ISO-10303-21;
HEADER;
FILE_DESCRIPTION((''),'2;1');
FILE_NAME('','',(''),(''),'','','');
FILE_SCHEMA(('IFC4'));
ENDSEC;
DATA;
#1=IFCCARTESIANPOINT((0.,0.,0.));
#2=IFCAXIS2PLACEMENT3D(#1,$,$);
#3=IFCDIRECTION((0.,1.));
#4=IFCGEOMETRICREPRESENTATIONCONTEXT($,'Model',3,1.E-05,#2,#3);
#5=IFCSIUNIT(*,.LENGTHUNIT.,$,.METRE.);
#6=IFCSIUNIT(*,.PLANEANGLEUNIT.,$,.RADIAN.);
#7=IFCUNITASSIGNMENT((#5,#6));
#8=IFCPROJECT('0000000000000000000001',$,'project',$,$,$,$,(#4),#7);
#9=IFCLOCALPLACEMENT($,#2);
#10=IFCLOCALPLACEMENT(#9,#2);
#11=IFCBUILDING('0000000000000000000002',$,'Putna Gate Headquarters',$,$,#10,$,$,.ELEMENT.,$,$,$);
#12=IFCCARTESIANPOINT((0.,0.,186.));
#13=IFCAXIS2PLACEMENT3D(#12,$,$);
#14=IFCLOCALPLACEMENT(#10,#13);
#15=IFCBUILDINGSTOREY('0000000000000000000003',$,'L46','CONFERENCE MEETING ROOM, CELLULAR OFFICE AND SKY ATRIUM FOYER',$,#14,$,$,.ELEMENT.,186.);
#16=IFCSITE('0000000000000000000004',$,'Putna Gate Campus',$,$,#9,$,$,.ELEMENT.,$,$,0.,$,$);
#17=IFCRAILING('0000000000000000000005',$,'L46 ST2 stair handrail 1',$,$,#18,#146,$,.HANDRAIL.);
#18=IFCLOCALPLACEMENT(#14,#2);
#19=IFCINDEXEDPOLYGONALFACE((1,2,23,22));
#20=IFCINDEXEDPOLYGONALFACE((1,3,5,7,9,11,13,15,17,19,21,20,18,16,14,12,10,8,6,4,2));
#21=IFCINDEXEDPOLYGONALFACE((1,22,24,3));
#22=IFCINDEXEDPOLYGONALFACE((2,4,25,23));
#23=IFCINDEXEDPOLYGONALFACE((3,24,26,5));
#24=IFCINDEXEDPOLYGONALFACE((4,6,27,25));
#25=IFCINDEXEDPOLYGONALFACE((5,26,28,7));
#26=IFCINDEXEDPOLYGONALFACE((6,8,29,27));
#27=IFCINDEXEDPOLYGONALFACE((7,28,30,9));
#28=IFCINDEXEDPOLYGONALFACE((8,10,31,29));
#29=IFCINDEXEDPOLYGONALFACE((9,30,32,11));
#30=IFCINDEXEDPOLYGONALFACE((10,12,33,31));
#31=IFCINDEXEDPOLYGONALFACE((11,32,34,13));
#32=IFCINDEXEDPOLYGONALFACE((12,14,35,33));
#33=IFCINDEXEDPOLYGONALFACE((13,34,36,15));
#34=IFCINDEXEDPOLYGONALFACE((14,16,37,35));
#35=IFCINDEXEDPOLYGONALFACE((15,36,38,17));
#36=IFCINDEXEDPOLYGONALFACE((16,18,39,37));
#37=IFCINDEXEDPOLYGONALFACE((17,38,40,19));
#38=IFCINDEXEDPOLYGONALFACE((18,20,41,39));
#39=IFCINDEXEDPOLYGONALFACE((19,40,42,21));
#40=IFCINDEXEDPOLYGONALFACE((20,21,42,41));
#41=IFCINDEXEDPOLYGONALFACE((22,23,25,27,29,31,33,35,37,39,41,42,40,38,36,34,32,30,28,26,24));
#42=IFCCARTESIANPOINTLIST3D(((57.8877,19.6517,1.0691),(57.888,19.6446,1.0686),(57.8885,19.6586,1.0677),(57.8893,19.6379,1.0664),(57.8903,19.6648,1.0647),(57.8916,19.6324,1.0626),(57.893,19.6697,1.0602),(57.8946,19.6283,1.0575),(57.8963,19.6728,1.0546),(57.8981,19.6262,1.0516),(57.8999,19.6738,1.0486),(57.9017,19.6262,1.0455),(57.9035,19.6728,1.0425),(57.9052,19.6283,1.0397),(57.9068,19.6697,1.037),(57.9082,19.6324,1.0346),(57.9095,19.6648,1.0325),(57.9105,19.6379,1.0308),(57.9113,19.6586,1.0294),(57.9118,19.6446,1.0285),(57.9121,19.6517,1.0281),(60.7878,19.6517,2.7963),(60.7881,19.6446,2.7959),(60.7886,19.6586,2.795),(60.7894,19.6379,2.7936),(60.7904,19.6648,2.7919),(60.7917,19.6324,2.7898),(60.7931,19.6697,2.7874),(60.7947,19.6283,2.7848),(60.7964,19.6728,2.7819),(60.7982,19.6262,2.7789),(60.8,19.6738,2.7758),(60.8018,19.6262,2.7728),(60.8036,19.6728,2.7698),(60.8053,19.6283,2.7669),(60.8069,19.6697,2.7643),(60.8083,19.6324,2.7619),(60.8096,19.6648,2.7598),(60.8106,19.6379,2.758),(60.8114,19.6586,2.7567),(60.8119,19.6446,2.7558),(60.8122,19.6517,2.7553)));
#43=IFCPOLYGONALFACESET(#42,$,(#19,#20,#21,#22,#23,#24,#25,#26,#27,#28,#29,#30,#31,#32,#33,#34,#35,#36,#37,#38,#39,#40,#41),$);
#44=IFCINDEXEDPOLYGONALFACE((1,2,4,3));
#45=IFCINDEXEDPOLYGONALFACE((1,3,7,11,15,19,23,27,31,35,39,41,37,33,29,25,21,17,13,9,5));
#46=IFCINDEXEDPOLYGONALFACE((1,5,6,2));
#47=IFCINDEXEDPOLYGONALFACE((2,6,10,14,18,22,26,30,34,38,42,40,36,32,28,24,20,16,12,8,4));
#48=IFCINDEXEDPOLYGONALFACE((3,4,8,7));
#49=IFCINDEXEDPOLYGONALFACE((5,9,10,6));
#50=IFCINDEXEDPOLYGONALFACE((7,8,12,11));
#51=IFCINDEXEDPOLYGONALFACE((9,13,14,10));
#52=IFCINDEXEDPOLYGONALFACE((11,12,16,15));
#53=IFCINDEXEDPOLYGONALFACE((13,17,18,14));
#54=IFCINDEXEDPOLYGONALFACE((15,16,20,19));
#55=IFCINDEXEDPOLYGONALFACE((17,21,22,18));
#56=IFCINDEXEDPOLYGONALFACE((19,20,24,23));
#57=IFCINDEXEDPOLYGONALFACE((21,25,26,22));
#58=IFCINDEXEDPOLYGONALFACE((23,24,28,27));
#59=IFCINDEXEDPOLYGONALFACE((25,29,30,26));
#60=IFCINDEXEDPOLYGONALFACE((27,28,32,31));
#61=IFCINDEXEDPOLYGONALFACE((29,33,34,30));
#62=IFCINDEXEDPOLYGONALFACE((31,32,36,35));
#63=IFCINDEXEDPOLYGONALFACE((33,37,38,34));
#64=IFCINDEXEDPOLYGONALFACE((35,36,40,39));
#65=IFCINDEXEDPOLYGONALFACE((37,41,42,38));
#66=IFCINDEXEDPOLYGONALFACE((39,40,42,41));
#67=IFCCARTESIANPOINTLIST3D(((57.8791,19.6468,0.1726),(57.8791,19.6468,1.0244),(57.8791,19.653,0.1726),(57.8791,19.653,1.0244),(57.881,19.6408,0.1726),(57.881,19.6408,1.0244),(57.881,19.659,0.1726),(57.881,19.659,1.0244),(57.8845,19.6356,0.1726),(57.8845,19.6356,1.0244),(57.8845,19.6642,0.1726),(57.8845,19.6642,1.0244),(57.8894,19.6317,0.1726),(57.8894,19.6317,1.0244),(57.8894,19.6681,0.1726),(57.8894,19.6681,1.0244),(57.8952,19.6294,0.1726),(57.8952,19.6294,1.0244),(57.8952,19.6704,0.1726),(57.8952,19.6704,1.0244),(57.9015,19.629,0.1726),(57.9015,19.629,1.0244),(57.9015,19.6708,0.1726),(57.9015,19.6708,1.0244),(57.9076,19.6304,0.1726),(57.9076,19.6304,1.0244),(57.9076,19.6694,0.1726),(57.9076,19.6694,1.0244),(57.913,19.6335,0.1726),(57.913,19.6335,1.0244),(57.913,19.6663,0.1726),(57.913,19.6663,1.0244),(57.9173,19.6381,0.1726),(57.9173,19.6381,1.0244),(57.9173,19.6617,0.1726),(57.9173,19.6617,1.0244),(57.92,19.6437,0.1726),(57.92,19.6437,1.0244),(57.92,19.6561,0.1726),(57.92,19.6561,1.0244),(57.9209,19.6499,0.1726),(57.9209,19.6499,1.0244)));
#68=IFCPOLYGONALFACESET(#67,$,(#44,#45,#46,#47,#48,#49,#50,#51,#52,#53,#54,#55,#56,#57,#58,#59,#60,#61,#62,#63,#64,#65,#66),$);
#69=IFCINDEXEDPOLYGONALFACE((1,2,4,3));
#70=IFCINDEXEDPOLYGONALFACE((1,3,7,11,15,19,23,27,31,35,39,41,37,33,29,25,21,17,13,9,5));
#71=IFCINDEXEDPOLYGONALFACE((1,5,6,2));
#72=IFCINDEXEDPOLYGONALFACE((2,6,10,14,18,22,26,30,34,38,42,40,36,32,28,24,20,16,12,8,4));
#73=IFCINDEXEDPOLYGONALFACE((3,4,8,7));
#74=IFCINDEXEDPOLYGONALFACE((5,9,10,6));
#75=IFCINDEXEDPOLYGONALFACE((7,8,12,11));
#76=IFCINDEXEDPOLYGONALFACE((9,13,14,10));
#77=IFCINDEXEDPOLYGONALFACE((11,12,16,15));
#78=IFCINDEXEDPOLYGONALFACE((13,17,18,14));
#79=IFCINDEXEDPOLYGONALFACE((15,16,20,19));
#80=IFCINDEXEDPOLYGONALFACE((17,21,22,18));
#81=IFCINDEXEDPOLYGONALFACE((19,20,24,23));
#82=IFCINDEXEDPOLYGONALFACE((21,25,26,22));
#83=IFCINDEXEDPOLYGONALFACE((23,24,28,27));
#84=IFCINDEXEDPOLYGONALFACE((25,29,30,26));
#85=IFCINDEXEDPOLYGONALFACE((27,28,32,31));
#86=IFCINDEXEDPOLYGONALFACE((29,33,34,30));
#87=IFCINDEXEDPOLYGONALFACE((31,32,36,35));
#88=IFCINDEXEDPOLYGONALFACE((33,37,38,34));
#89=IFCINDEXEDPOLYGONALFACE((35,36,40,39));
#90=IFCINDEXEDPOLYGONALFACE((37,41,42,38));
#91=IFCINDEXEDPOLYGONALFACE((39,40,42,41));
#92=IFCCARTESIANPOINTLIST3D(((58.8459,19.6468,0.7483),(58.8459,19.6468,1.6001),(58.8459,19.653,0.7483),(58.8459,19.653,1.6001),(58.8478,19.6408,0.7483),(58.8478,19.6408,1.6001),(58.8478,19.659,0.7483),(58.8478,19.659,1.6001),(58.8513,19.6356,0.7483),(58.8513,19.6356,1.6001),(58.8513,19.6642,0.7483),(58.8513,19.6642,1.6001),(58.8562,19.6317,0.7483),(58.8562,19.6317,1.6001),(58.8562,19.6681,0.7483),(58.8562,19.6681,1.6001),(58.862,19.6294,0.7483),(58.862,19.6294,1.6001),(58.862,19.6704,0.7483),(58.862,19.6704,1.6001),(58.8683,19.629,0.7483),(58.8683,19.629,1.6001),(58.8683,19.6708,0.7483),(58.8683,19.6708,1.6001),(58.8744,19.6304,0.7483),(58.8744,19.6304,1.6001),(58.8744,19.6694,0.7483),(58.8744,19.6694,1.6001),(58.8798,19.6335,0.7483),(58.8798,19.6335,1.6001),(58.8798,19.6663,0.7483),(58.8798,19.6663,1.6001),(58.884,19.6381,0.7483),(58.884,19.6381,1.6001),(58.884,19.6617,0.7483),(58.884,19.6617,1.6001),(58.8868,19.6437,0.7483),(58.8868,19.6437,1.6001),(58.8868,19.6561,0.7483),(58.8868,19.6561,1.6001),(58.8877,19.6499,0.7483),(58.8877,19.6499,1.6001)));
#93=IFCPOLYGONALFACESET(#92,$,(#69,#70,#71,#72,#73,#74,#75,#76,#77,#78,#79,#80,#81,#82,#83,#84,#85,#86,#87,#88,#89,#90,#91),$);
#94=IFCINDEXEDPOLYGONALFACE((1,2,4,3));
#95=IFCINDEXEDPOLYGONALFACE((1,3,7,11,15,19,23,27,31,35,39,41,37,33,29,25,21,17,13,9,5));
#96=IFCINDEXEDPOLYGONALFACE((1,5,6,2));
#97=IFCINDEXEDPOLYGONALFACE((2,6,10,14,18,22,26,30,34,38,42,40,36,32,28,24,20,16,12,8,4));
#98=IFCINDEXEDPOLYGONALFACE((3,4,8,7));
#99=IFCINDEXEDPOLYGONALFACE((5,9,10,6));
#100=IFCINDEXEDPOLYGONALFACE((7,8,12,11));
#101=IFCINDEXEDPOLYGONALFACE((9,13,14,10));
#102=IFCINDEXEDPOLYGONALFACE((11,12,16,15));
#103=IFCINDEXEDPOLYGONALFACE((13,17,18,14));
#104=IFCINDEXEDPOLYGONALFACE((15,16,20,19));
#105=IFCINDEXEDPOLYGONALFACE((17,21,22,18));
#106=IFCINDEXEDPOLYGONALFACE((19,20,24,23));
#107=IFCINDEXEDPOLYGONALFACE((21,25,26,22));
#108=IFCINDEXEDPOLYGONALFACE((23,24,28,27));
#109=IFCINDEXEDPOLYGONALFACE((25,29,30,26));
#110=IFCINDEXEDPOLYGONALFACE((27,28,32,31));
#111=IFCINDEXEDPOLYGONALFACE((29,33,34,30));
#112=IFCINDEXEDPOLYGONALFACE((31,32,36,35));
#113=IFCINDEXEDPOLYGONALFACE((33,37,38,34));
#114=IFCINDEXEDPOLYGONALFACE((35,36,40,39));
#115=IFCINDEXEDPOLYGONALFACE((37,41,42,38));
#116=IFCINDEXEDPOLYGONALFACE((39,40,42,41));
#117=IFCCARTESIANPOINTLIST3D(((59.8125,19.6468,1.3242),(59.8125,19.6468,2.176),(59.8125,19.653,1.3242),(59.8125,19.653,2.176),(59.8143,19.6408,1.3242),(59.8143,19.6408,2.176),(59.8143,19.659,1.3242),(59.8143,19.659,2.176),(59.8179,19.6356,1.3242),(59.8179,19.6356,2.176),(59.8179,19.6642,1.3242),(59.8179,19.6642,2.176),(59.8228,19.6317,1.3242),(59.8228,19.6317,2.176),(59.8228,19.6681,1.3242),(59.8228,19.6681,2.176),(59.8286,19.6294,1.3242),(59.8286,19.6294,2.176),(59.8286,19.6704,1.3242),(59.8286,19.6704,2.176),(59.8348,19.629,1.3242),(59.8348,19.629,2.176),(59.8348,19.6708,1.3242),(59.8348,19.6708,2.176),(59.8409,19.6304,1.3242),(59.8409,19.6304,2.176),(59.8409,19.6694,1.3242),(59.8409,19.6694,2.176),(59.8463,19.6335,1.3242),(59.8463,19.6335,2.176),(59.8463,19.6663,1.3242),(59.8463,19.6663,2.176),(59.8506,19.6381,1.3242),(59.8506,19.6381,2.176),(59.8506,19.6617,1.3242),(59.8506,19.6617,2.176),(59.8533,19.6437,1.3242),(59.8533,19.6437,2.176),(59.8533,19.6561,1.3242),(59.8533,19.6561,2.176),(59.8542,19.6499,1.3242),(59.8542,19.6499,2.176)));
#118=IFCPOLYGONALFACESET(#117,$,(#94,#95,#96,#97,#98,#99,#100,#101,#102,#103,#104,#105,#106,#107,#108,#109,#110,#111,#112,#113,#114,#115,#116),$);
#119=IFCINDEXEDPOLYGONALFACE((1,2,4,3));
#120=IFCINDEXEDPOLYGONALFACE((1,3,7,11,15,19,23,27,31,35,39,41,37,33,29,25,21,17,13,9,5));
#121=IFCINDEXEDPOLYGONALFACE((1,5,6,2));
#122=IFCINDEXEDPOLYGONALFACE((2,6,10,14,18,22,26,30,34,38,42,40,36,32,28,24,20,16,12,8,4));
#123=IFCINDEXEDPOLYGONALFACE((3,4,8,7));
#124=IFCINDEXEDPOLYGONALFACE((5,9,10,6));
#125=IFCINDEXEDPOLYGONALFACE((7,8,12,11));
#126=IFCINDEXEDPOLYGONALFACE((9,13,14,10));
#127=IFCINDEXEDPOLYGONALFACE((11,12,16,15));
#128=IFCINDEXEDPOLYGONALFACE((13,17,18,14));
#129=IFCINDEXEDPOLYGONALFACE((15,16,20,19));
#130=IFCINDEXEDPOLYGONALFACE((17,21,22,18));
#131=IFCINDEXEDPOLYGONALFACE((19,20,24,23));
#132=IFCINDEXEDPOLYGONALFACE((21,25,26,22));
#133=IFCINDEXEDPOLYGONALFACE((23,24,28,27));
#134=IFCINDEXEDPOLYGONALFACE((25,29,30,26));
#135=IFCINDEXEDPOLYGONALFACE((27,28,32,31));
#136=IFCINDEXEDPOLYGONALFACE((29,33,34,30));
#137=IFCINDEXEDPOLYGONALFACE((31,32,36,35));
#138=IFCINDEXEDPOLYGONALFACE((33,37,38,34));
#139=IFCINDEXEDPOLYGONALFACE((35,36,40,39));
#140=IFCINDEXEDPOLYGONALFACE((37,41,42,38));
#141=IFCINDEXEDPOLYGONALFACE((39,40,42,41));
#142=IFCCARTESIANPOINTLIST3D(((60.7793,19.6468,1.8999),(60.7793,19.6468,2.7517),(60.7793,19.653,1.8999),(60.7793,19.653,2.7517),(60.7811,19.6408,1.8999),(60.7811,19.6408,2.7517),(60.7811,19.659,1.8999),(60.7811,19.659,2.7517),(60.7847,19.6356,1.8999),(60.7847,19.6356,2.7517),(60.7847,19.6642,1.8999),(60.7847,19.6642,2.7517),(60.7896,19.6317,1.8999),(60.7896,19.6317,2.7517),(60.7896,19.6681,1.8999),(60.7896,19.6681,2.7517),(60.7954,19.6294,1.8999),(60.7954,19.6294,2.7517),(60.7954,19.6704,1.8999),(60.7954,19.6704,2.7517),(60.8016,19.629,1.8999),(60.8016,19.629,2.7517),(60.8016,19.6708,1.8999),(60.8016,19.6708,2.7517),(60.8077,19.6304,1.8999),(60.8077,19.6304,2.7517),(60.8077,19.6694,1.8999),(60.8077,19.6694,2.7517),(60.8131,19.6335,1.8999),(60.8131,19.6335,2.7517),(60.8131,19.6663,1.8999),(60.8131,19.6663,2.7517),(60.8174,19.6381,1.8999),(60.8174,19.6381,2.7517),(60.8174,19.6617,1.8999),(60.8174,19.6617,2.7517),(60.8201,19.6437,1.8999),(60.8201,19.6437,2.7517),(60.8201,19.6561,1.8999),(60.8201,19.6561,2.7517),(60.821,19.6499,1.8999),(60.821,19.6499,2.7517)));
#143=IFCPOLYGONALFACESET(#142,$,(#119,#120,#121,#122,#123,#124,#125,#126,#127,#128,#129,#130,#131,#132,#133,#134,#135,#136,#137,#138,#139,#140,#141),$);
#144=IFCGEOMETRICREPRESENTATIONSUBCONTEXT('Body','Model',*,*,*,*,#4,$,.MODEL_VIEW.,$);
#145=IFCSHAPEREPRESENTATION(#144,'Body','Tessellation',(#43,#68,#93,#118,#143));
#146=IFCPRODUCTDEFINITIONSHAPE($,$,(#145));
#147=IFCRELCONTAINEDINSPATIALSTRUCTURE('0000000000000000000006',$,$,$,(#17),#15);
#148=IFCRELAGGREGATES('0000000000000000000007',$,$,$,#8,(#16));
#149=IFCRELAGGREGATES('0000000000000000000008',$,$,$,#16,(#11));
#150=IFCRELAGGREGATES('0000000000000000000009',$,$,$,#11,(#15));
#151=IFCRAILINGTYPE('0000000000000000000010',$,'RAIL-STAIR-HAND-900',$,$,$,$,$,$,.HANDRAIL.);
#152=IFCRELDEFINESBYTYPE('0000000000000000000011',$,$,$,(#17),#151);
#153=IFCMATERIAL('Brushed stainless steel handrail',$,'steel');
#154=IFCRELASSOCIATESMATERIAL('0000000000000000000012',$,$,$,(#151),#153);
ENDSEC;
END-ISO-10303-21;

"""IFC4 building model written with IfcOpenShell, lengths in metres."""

from ifc_helpers import new_model, si_unit, direction, frame, origin, origin_2d, place, context, subcontext, project, spatial, circle, extrude, material, type_object, element, save


model = new_model("IFC4")

# Units and contexts
model_context = context("Model", 3, precision=1e-05, world=origin(), true_north=direction((0.0, 1.0)))
body_context = subcontext(model_context, "Body", "Model", "MODEL_VIEW")
ifc_project = project(units=[si_unit("LENGTHUNIT", "METRE"), si_unit("PLANEANGLEUNIT", "RADIAN")], contexts=[model_context])

# Site, building, storey
site_placement = place(None, origin())
site = spatial("IfcSite", under=ifc_project, at=site_placement, Name="Putna Gate Campus", CompositionType="ELEMENT", RefElevation=0.0)
building_placement = place(site_placement, origin())
building = spatial("IfcBuilding", under=site, at=building_placement, Name="Putna Gate Headquarters", CompositionType="ELEMENT")
storey_placement = place(building_placement, frame((0.0, 0.0, 186.0)))
storey = spatial("IfcBuildingStorey", under=building, at=storey_placement, Name="L46", Description="CONFERENCE MEETING ROOM, CELLULAR OFFICE AND SKY ATRIUM FOYER", CompositionType="ELEMENT", Elevation=186.0)

# Railing
ifc_material_1 = material(Name="Brushed stainless steel handrail", Category="steel")
railing_type_1 = type_object("IfcRailingType", Name="RAIL-STAIR-HAND-900", PredefinedType="HANDRAIL", material=ifc_material_1)
railing_1_placement = place(storey_placement, frame((57.8999, 19.6499, 0.1726)))
element("IfcRailing", 1, at=railing_1_placement, inside=storey, type_object=railing_type_1, Name="L46 ST2 stair handrail 1", PredefinedType="HANDRAIL", context=body_context, shape_type="SweptSolid", body=[
    extrude(circle(Radius=0.0239, at=origin_2d()), frame((0.0, 0.0, 0.876), z_axis=(0.85916, 0.0, 0.511706), x_axis=(0.0, 1.0, 0.0)), (0.0, 0.0, 1.0), 3.3755),
    extrude(circle(Radius=0.021, at=origin_2d()), origin(), (0.0, 0.0, 1.0), 0.8518),
    extrude(circle(Radius=0.021, at=origin_2d()), frame((0.9668, 0.0, 0.5757)), (0.0, 0.0, 1.0), 0.8518),
    extrude(circle(Radius=0.021, at=origin_2d()), frame((1.9333, 0.0, 1.1516)), (0.0, 0.0, 1.0), 0.8518),
    extrude(circle(Radius=0.021, at=origin_2d()), frame((2.9001, 0.0, 1.7273)), (0.0, 0.0, 1.0), 0.8518),
])

save(model, "model.ifc")
